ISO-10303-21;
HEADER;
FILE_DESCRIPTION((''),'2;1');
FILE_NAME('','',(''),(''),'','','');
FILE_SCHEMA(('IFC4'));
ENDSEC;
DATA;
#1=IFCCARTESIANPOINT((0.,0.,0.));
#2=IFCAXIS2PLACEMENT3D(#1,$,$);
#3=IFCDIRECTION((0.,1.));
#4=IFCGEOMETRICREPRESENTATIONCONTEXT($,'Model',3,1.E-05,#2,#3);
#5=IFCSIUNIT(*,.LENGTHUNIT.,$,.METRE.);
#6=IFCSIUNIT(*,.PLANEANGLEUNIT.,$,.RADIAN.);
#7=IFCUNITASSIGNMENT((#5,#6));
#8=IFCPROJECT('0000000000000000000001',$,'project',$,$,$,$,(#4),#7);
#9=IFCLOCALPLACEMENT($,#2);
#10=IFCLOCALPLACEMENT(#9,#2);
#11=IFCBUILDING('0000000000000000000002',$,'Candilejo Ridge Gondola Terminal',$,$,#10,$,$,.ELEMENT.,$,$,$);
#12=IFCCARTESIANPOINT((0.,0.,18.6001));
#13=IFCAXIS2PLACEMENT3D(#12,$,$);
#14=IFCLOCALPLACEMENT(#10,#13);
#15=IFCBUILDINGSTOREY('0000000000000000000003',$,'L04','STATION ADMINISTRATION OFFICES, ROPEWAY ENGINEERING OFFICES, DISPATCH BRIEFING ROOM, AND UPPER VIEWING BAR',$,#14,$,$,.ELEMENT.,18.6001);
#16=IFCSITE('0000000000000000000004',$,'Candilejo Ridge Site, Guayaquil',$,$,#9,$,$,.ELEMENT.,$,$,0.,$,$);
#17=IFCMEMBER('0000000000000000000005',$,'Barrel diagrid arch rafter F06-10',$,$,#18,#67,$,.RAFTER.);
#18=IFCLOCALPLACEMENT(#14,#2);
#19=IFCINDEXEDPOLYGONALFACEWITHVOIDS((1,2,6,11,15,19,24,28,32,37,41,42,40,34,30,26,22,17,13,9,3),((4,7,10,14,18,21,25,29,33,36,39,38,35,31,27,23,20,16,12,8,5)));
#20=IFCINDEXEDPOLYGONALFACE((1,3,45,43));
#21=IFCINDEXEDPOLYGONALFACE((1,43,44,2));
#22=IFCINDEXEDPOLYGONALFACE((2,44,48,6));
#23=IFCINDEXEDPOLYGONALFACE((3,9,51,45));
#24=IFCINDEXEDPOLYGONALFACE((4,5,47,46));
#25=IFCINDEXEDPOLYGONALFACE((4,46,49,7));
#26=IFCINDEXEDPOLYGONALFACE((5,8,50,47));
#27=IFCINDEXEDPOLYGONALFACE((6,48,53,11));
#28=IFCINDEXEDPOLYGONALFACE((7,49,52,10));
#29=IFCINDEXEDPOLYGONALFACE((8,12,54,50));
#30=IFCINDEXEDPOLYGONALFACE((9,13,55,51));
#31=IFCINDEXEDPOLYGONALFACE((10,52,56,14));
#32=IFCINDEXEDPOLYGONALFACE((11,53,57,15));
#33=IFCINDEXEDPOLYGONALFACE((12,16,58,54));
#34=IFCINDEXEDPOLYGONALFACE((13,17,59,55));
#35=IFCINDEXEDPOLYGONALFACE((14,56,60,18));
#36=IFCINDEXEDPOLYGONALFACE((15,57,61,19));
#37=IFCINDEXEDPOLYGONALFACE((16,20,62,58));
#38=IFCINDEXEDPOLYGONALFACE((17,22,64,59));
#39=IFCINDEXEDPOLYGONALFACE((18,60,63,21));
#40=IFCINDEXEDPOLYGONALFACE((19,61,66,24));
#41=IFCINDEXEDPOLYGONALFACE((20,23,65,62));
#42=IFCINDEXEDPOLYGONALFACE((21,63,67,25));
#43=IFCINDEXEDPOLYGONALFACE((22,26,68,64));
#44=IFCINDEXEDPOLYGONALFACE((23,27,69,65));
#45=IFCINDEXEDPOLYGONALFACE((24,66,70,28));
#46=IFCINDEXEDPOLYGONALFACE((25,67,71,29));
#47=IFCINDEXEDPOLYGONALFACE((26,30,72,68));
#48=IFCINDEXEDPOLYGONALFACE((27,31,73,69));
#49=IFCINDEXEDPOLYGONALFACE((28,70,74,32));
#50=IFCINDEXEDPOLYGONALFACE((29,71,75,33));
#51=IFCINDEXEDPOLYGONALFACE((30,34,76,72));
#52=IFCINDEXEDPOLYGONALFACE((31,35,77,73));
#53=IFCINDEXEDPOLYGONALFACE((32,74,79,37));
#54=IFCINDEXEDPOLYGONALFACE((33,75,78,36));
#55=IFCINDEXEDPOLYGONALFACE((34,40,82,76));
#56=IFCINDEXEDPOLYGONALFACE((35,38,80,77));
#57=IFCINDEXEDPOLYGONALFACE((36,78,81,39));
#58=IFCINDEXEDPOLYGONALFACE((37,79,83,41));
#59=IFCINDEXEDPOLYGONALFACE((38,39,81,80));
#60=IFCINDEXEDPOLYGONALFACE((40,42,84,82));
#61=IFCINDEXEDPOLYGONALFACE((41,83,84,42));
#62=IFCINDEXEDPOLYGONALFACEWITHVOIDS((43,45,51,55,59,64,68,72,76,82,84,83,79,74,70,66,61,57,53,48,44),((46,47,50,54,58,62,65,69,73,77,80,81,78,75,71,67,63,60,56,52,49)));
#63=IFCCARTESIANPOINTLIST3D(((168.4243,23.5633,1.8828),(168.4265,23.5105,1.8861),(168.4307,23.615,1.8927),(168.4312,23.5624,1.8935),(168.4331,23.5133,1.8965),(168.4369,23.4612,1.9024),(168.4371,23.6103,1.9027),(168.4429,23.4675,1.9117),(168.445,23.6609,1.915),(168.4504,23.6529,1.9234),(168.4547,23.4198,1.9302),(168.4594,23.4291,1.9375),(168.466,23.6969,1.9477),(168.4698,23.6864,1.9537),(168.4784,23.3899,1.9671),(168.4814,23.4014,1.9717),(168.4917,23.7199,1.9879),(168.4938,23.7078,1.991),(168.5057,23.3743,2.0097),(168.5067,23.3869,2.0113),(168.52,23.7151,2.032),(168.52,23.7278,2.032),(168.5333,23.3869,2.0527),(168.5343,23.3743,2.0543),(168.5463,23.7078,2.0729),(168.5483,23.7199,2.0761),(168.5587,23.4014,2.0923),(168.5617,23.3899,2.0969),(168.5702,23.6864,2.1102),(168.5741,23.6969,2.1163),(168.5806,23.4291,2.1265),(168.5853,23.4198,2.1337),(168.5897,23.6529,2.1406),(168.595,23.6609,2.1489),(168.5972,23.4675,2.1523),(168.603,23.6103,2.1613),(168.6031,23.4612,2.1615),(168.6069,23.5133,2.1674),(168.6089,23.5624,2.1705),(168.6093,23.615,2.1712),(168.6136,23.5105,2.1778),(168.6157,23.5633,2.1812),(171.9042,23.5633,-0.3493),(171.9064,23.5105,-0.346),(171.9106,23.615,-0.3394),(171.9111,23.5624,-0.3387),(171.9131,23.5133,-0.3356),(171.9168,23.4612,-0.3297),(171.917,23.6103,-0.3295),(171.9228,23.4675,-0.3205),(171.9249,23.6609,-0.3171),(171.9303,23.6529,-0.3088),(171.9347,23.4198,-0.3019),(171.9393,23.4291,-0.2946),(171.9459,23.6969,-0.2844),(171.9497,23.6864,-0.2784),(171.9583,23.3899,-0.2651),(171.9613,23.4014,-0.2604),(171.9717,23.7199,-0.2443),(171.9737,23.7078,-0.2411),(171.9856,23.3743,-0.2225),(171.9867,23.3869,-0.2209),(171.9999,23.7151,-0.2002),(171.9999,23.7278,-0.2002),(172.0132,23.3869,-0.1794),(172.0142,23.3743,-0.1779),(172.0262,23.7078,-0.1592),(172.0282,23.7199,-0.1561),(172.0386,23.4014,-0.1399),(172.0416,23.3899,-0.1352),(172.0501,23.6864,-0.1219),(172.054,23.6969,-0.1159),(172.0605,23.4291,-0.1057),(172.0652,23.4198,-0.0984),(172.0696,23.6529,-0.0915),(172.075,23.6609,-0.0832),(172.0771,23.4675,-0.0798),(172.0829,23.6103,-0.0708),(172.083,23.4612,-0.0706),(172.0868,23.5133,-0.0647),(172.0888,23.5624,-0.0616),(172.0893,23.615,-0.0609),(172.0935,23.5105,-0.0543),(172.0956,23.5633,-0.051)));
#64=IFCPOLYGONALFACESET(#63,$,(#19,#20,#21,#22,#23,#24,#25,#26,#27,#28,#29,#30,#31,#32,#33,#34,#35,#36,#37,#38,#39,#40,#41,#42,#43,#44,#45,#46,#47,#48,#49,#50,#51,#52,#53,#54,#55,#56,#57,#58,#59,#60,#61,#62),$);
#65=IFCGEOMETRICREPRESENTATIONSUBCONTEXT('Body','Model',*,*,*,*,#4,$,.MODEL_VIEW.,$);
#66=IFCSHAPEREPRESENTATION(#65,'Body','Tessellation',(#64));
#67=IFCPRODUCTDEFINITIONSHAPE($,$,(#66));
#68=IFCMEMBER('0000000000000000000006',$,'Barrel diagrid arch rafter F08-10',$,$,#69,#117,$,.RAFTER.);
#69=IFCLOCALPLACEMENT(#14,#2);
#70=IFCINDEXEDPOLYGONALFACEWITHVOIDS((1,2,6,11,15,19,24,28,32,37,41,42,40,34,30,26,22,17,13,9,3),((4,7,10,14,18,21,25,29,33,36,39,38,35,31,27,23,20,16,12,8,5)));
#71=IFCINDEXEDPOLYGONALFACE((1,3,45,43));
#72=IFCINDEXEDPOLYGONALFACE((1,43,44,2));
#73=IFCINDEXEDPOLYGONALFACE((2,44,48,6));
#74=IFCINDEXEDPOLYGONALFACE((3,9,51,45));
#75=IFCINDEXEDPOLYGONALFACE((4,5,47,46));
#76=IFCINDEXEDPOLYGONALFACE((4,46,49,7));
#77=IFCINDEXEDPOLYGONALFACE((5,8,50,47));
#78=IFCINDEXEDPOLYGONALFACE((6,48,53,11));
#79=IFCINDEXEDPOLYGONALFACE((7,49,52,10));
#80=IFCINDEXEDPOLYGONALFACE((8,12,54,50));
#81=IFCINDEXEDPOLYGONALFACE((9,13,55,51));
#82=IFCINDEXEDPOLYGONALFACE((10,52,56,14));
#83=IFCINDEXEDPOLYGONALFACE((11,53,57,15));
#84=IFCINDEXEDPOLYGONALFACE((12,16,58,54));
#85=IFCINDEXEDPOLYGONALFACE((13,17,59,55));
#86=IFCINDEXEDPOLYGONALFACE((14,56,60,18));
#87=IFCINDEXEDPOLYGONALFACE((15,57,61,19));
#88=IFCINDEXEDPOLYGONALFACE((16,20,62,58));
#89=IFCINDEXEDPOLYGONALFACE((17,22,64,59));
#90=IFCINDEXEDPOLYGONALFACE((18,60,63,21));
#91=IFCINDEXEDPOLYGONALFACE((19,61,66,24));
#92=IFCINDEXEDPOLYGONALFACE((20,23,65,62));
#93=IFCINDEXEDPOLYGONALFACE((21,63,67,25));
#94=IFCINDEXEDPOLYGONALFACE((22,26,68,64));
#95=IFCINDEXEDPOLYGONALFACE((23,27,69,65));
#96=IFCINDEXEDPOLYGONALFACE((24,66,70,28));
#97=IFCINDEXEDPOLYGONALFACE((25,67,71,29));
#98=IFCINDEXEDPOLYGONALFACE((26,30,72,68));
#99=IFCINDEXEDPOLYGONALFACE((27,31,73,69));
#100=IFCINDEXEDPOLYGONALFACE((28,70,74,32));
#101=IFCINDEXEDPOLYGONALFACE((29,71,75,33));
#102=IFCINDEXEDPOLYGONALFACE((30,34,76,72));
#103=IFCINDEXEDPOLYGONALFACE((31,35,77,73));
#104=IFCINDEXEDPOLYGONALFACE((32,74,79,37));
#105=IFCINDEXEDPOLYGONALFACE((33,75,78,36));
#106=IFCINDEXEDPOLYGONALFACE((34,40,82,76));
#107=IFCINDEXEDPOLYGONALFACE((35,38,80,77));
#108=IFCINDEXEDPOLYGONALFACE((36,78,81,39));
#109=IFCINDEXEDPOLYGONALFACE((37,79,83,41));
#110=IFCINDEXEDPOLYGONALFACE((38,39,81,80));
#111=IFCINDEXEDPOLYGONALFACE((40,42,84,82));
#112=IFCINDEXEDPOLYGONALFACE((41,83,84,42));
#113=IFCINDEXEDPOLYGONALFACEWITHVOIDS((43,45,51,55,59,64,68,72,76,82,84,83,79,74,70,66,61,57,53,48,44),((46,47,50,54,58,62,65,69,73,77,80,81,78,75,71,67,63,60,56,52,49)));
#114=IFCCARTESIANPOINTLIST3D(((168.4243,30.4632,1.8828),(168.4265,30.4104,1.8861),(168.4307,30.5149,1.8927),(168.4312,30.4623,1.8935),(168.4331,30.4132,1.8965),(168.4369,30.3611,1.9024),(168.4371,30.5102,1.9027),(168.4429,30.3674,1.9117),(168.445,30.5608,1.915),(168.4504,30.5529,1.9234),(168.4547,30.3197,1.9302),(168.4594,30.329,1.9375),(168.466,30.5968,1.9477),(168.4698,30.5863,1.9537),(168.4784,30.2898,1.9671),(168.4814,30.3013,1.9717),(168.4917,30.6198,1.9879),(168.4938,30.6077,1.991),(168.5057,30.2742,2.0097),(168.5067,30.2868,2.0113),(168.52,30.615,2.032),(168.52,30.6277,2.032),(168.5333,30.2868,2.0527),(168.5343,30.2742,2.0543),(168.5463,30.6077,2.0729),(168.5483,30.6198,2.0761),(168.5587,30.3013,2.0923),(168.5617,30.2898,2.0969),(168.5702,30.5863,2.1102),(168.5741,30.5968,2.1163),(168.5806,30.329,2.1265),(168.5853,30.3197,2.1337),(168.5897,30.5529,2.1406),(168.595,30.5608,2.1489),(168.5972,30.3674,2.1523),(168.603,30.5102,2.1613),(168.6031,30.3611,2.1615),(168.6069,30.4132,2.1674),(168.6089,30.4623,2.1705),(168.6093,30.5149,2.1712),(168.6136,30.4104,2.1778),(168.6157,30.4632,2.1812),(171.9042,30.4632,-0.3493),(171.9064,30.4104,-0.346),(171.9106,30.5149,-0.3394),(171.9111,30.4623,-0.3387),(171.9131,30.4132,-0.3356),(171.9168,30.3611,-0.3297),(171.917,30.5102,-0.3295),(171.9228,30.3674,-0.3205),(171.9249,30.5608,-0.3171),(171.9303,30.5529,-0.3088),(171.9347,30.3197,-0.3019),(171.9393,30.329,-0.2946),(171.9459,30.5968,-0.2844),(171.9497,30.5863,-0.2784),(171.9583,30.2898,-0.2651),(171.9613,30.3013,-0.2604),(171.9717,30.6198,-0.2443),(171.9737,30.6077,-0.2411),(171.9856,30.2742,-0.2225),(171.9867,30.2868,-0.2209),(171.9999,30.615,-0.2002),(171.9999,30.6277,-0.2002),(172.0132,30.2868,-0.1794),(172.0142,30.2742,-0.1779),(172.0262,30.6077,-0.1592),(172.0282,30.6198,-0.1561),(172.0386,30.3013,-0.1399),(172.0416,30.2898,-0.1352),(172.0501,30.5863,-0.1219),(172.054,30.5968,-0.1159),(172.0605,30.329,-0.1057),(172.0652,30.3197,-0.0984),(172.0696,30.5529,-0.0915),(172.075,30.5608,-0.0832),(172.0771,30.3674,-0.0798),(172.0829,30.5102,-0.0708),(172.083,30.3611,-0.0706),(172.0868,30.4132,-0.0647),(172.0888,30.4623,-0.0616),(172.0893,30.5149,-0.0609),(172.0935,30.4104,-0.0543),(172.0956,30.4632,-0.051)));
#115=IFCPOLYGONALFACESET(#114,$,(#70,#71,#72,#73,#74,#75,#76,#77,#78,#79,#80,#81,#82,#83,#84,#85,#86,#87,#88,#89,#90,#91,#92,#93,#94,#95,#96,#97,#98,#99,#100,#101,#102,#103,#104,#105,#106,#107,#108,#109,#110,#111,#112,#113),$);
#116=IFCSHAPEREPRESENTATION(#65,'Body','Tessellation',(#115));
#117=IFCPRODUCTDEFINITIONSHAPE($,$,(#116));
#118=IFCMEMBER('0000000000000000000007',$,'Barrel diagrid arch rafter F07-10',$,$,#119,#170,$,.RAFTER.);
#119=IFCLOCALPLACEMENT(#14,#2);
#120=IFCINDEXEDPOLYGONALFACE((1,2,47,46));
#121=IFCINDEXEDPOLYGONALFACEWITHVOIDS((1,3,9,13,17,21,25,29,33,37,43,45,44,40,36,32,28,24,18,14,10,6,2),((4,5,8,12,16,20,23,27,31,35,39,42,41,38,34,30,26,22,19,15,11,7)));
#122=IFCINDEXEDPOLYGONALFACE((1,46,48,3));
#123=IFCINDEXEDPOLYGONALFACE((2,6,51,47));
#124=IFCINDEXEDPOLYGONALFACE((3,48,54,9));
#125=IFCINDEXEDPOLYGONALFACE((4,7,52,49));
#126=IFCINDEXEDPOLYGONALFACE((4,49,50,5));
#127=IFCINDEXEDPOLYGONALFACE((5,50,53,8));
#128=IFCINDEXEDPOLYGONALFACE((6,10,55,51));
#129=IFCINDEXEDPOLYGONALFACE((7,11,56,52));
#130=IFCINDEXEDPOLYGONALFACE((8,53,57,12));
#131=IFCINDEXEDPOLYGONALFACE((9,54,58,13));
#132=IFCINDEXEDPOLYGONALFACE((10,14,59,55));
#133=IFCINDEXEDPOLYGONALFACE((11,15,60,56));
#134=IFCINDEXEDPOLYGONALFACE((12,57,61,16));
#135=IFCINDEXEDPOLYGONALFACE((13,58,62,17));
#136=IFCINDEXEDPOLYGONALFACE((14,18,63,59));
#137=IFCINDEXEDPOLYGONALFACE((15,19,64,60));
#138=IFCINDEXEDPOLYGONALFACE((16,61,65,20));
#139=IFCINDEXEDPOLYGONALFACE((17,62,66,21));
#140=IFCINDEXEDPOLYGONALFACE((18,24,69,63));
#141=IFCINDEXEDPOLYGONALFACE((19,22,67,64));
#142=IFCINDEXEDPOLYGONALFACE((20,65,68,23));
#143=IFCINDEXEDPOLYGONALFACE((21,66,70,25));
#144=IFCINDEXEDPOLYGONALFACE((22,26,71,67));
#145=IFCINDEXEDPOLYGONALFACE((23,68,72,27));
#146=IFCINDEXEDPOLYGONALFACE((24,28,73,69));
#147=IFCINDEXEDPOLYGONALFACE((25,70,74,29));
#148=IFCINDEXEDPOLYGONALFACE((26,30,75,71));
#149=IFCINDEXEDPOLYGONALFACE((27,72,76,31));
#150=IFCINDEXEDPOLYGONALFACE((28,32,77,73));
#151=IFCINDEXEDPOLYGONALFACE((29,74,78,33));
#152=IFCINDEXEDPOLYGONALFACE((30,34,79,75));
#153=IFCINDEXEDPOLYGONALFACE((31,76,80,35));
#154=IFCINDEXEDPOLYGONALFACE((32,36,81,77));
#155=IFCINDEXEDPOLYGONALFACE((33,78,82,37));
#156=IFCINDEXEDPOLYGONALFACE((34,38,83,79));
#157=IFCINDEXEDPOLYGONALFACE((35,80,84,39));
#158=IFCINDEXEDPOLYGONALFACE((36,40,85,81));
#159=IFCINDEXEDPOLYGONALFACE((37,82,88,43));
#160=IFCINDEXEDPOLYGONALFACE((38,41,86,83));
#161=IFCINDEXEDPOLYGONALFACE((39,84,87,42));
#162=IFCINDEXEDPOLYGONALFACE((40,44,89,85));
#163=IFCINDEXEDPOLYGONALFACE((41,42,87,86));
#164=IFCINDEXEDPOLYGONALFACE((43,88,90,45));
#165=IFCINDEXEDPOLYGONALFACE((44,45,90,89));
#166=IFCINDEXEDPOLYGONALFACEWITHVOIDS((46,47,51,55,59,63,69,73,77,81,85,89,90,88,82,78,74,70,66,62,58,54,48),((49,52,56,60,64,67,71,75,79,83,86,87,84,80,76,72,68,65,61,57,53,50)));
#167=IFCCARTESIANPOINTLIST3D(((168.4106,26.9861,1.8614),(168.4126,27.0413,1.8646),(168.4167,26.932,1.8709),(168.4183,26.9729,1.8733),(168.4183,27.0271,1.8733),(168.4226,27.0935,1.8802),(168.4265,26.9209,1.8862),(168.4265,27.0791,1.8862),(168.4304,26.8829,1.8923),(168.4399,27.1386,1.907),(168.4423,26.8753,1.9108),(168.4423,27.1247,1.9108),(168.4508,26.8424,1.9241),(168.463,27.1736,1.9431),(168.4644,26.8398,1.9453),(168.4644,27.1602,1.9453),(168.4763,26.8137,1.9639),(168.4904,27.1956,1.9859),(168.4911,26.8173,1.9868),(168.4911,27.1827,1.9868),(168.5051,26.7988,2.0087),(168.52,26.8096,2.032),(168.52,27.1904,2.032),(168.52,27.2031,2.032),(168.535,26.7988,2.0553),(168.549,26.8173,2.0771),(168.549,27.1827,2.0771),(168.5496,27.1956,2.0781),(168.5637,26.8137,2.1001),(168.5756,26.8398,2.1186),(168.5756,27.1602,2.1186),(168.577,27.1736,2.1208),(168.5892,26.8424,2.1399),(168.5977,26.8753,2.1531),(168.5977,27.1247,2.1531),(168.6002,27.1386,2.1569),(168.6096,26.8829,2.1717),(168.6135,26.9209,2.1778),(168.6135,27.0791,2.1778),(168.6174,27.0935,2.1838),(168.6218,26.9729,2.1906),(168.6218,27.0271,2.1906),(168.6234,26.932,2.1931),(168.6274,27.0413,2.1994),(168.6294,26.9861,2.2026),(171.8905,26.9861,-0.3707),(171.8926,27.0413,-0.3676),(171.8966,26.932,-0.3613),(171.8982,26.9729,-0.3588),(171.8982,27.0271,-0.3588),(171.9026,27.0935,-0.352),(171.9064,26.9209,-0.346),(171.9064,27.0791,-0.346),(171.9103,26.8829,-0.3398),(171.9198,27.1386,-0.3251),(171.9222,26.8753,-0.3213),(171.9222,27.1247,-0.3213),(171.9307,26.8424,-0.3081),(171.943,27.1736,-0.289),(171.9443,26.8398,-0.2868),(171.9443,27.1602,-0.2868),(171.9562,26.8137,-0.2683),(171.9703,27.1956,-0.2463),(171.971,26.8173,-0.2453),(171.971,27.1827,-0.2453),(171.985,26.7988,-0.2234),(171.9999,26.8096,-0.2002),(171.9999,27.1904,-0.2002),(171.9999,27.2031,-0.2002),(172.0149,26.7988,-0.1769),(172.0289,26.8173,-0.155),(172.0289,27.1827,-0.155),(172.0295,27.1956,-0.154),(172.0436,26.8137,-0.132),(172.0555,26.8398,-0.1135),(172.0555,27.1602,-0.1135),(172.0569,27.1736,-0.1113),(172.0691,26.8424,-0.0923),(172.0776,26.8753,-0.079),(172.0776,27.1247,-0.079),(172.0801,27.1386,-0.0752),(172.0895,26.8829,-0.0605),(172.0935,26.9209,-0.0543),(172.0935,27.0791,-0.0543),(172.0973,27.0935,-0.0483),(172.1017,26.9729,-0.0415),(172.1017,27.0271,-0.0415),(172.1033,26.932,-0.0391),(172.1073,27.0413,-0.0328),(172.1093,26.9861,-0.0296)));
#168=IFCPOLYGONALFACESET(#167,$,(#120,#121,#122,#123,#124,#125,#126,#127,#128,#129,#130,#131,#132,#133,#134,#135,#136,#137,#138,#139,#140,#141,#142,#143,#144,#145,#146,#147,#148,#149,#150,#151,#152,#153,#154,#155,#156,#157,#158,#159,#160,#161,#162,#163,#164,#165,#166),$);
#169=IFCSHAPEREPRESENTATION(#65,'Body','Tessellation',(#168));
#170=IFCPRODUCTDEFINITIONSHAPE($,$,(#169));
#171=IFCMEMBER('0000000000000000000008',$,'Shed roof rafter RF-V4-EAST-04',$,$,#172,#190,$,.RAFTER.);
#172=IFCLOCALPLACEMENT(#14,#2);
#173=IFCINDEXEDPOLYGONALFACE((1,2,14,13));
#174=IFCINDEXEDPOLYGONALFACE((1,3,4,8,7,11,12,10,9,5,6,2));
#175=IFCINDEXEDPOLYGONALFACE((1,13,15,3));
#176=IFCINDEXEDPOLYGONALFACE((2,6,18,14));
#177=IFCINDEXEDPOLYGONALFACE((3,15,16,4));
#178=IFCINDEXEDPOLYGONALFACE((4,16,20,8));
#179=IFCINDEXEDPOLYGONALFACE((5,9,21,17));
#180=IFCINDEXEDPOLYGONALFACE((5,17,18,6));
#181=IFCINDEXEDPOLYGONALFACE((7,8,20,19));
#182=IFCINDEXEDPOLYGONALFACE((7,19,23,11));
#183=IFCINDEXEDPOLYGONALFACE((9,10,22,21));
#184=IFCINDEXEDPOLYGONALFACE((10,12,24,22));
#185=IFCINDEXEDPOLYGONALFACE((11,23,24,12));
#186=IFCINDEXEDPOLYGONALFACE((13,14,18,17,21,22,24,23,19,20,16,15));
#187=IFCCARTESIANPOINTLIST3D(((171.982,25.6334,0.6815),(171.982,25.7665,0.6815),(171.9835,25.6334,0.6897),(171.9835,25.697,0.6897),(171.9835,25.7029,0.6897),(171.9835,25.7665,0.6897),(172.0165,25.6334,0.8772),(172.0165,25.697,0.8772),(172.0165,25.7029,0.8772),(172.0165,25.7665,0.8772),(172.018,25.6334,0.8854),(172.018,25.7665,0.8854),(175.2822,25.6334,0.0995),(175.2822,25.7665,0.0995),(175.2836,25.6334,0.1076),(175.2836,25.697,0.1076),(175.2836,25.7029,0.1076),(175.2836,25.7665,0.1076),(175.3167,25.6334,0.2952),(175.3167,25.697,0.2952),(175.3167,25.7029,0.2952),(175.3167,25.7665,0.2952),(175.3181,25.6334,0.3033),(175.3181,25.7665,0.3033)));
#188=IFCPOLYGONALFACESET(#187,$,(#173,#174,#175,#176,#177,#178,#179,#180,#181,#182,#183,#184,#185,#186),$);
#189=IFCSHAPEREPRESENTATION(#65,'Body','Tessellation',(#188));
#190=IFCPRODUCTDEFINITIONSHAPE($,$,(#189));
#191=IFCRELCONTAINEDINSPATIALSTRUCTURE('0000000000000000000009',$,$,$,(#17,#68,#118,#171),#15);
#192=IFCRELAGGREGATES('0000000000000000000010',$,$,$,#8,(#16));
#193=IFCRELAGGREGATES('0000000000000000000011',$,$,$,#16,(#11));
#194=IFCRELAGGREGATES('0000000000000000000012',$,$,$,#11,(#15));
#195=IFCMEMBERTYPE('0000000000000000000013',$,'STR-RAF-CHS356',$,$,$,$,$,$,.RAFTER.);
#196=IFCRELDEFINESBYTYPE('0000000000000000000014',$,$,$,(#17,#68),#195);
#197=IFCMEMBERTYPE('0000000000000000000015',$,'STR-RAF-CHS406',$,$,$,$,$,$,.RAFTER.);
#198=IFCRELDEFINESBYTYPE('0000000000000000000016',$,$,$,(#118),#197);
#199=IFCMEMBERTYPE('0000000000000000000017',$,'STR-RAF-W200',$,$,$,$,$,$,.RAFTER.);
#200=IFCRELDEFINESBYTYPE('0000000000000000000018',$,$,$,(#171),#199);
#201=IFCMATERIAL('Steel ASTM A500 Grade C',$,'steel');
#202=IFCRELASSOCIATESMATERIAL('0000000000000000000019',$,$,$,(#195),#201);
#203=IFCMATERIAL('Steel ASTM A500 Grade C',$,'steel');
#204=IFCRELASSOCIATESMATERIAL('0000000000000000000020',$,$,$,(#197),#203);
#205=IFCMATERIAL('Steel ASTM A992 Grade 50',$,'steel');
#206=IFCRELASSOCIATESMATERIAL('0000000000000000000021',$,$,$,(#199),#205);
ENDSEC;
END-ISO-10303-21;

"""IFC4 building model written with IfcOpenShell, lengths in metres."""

from ifc_helpers import new_model, si_unit, direction, frame, origin, origin_2d, place, context, subcontext, project, spatial, hollow_circle, i_section, extrude, material, material_profile, profile_set, type_object, element, save


model = new_model("IFC4")

# Units and contexts
model_context = context("Model", 3, precision=1e-05, world=origin(), true_north=direction((0.0, 1.0)))
body_context = subcontext(model_context, "Body", "Model", "MODEL_VIEW")
ifc_project = project(units=[si_unit("LENGTHUNIT", "METRE"), si_unit("PLANEANGLEUNIT", "RADIAN")], contexts=[model_context])

# Site, building, storey
site_placement = place(None, origin())
site = spatial("IfcSite", under=ifc_project, at=site_placement, Name="Candilejo Ridge Site, Guayaquil", CompositionType="ELEMENT", RefElevation=0.0)
building_placement = place(site_placement, origin())
building = spatial("IfcBuilding", under=site, at=building_placement, Name="Candilejo Ridge Gondola Terminal", CompositionType="ELEMENT")
storey_placement = place(building_placement, frame((0.0, 0.0, 18.6001)))
storey = spatial("IfcBuildingStorey", under=building, at=storey_placement, Name="L04", Description="STATION ADMINISTRATION OFFICES, ROPEWAY ENGINEERING OFFICES, DISPATCH BRIEFING ROOM, AND UPPER VIEWING BAR", CompositionType="ELEMENT", Elevation=18.6001)

# Members
ifc_material_1 = material(Name="Steel ASTM A500 Grade C", Category="steel")
ifc_material_profile_1 = material_profile(ifc_material_1, hollow_circle(Radius=0.1777, WallThickness=0.0127, at=origin_2d()))
ifc_profile_set_1 = profile_set([ifc_material_profile_1], Name="Steel ASTM A500 Grade C")
member_type_1 = type_object("IfcMemberType", Name="STR-RAF-CHS356", PredefinedType="RAFTER", material=ifc_profile_set_1)
for number, where, z_axis, x_axis, name in (
    (1, (168.52, 23.55, 2.032), (0.841723, 0.0, -0.53991), (0.0, 1.0, 0.0), "Barrel diagrid arch rafter F06-10"),
    (2, (168.52, 30.45, 2.032), (0.841723, 0.0, -0.53991), (0.0, 1.0, 0.0), "Barrel diagrid arch rafter F08-10"),
):
    element("IfcMember", number, at=place(storey_placement, frame(where, z_axis=z_axis, x_axis=x_axis)), inside=storey, type_object=member_type_1, Name=name, PredefinedType="RAFTER", context=body_context, shape_type="SweptSolid", body=[
        extrude(hollow_circle(Radius=0.1777, WallThickness=0.0127, at=origin_2d()), origin(), (0.0, 0.0, 1.0), 4.1343),
    ])
ifc_material_2 = material(Name="Steel ASTM A500 Grade C", Category="steel")
ifc_material_profile_2 = material_profile(ifc_material_2, hollow_circle(Radius=0.2031, WallThickness=0.0127, at=origin_2d()))
ifc_profile_set_2 = profile_set([ifc_material_profile_2], Name="Steel ASTM A500 Grade C")
member_type_2 = type_object("IfcMemberType", Name="STR-RAF-CHS406", PredefinedType="RAFTER", material=ifc_profile_set_2)
member_1_placement = place(storey_placement, frame((168.52, 27.0, 2.032), z_axis=(0.841723, 0.0, -0.53991), x_axis=(0.0, 1.0, 0.0)))
element("IfcMember", 3, at=member_1_placement, inside=storey, type_object=member_type_2, Name="Barrel diagrid arch rafter F07-10", PredefinedType="RAFTER", context=body_context, shape_type="SweptSolid", body=[
    extrude(hollow_circle(Radius=0.2031, WallThickness=0.0127, at=origin_2d()), origin(), (0.0, 0.0, 1.0), 4.1343),
])
ifc_material_3 = material(Name="Steel ASTM A992 Grade 50", Category="steel")
ifc_material_profile_3 = material_profile(ifc_material_3, i_section(OverallWidth=0.1331, OverallDepth=0.207, WebThickness=0.0059, FlangeThickness=0.0083, at=origin_2d()))
ifc_profile_set_3 = profile_set([ifc_material_profile_3], Name="Steel ASTM A992 Grade 50")
member_type_3 = type_object("IfcMemberType", Name="STR-RAF-W200", PredefinedType="RAFTER", material=ifc_profile_set_3)
for number, where, z_axis, x_axis, name in (
    (4, (172.0, 25.7, 0.7834), (0.9848, 0.0, -0.17369), (0.0, 1.0, 0.0), "Shed roof rafter RF-V4-EAST-04"),
):
    element("IfcMember", number, at=place(storey_placement, frame(where, z_axis=z_axis, x_axis=x_axis)), inside=storey, type_object=member_type_3, Name=name, PredefinedType="RAFTER", context=body_context, shape_type="SweptSolid", body=[
        extrude(i_section(OverallWidth=0.1331, OverallDepth=0.207, WebThickness=0.0059, FlangeThickness=0.0083, at=origin_2d()), origin(), (0.0, 0.0, 1.0), 3.3511),
    ])

save(model, "model.ifc")
